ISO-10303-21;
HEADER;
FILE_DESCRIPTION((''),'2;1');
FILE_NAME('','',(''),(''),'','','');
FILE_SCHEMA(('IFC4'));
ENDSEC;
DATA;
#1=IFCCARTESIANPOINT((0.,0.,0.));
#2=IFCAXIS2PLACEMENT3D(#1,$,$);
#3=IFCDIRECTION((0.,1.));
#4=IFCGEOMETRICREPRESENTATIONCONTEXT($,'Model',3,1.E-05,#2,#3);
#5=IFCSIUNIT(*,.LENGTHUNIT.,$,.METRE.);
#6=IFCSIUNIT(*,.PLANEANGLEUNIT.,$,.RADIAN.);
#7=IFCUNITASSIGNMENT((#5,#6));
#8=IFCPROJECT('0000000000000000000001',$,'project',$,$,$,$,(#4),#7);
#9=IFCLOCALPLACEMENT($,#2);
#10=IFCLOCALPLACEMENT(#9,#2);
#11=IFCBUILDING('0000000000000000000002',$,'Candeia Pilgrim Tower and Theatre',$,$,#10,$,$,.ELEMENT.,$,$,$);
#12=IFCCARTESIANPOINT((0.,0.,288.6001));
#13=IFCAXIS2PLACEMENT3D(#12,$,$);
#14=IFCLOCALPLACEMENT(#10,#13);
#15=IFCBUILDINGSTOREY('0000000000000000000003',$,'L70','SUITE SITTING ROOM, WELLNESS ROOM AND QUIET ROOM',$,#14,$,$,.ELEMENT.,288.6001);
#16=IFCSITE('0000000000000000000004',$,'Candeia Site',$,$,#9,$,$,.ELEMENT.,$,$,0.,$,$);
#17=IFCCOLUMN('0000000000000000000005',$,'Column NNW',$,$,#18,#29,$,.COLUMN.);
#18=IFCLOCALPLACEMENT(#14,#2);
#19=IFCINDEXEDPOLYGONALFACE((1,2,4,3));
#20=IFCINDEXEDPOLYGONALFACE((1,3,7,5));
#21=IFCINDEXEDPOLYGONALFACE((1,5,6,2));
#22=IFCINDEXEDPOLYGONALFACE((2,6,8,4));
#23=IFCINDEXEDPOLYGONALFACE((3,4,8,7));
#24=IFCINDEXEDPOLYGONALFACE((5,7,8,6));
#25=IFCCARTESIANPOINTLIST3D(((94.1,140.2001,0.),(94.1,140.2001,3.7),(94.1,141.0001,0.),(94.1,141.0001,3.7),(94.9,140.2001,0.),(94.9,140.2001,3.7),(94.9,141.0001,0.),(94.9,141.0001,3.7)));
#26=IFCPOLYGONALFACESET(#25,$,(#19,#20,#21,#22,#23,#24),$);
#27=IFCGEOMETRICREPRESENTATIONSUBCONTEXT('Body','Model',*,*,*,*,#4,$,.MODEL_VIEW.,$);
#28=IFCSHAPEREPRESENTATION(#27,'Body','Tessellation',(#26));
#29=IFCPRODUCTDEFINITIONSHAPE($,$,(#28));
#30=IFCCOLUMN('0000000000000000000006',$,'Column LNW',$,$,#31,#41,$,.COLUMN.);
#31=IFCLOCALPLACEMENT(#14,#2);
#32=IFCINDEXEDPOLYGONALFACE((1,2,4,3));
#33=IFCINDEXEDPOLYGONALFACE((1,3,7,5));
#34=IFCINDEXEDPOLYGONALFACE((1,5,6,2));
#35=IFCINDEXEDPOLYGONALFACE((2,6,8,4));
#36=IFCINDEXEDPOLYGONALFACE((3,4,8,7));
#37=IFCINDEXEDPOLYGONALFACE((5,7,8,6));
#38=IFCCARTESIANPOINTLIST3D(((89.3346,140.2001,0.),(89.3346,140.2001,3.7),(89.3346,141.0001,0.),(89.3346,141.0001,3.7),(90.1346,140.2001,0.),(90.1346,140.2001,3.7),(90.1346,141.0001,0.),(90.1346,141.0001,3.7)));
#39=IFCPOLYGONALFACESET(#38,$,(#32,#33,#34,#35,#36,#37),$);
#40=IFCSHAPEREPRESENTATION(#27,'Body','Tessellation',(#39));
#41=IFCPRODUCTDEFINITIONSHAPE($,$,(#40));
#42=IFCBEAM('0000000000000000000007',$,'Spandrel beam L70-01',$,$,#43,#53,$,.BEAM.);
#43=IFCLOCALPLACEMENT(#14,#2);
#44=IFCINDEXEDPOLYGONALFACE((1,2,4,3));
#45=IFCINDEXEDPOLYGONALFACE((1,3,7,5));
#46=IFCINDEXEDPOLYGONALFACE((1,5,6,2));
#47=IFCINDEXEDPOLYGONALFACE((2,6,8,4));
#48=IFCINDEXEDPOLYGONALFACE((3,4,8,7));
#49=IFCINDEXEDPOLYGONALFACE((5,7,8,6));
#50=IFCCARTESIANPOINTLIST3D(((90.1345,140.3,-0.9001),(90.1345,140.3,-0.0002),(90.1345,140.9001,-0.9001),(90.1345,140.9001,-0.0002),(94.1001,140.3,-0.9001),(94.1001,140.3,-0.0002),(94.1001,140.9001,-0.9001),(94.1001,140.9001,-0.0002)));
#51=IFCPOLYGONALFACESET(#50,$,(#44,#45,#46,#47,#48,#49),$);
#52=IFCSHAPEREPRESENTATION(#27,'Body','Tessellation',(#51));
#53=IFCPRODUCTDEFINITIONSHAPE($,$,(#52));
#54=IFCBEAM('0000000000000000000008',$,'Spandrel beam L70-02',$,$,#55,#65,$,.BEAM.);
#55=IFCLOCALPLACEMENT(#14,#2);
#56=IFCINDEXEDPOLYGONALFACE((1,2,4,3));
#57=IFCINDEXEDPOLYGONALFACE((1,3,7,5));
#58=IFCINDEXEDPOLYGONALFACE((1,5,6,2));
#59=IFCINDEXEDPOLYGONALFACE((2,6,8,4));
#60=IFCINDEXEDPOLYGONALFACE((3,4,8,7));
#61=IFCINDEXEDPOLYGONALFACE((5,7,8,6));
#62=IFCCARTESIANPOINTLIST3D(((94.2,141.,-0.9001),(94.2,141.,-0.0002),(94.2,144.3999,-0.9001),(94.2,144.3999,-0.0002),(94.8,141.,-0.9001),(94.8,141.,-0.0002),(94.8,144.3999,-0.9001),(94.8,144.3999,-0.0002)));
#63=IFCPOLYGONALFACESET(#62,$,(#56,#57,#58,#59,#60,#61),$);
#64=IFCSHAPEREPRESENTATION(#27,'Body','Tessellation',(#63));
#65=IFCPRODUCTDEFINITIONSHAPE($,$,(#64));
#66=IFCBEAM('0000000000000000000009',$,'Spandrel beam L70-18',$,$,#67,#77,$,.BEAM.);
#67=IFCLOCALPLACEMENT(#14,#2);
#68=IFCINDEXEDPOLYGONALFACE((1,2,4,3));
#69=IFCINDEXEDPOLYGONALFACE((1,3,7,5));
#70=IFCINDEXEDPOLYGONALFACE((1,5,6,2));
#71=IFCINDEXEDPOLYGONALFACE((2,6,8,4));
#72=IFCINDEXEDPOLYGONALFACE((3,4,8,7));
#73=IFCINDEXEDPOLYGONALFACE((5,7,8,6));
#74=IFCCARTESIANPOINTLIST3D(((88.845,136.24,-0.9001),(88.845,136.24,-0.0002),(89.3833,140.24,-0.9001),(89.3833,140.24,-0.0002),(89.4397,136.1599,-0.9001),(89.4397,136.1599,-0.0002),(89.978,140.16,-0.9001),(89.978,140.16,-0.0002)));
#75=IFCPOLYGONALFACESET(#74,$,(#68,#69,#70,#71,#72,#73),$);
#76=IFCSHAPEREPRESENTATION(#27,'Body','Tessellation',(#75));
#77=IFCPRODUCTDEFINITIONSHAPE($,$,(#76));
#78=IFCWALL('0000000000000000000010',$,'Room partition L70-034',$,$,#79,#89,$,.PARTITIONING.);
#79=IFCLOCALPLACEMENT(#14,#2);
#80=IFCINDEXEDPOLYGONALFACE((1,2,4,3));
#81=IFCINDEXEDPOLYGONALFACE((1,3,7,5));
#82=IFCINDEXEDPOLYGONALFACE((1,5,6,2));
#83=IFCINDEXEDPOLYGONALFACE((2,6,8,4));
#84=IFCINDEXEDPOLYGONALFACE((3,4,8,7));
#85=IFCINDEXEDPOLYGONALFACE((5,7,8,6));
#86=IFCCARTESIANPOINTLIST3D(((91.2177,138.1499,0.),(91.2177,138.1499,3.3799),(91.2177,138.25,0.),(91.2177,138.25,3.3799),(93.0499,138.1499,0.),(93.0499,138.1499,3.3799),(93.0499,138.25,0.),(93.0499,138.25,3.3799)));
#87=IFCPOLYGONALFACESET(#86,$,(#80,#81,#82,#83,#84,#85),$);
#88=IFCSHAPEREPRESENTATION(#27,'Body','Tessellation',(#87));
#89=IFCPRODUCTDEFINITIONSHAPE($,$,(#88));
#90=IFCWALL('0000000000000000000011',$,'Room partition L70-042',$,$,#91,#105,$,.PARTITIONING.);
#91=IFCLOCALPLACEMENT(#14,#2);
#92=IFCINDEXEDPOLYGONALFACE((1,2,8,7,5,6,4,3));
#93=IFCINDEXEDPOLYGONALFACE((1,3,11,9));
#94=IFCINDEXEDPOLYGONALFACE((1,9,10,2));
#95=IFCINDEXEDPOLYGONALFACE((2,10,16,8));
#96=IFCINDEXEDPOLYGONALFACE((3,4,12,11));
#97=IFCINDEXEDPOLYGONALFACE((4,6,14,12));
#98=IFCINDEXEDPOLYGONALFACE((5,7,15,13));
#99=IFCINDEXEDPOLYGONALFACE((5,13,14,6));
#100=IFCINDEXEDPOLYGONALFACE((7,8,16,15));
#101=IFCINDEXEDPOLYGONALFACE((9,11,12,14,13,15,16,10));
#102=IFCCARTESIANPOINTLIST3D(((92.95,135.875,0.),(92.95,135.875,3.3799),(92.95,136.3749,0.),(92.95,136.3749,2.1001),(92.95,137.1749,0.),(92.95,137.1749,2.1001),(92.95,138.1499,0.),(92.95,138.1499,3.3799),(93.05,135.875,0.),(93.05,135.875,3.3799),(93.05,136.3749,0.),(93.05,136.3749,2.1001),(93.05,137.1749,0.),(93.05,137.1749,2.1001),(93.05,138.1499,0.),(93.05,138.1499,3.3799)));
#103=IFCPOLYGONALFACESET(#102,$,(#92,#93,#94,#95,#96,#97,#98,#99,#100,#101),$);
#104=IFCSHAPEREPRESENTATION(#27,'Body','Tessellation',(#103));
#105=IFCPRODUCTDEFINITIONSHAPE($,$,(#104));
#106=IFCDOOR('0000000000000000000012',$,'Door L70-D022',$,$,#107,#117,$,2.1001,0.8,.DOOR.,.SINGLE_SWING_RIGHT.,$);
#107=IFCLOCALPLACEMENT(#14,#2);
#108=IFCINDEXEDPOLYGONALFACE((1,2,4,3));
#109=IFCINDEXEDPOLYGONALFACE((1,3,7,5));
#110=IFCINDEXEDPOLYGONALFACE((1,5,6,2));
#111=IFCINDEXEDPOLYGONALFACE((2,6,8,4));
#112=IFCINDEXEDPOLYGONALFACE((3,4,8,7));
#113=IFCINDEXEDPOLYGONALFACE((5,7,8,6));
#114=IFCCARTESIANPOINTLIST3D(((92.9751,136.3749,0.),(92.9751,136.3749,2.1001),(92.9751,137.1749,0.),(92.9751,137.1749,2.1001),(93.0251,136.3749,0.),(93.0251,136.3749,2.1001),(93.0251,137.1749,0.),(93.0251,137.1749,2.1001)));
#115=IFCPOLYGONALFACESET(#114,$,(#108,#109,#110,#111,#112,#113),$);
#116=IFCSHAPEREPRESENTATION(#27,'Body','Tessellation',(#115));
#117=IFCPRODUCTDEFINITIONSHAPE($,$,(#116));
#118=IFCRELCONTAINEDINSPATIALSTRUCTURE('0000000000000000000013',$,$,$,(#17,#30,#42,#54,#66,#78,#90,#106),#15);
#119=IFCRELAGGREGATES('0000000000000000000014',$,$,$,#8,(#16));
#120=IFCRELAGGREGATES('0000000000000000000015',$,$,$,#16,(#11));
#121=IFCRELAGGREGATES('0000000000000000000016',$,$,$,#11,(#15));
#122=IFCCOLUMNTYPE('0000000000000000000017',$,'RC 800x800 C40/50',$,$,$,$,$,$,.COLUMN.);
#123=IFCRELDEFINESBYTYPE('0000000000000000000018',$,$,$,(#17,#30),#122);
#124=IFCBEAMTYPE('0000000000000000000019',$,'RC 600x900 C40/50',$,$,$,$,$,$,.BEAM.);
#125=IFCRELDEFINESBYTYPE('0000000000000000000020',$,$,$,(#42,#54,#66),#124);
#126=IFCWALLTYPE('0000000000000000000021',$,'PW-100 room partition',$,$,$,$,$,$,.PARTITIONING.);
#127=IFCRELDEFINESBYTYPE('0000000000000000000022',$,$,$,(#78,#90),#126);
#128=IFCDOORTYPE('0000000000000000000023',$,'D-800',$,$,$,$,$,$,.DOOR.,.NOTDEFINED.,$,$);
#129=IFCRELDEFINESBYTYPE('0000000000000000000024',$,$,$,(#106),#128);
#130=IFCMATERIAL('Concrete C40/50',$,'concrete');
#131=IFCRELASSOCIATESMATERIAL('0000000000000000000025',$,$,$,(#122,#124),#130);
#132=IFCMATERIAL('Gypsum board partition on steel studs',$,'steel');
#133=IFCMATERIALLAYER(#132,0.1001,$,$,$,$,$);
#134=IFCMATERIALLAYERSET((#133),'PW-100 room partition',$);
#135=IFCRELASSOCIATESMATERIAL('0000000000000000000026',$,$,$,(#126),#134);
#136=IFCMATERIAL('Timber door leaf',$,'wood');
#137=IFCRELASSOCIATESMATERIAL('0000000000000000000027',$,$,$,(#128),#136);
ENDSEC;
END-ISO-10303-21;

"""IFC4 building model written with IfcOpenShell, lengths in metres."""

from ifc_helpers import new_model, si_unit, direction, frame, frame_2d, origin, origin_2d, place, context, subcontext, project, spatial, rectangle, extrude, material, layer, layer_set, material_profile, profile_set, type_object, element, fill, save


model = new_model("IFC4")

# Units and contexts
model_context = context("Model", 3, precision=1e-05, world=origin(), true_north=direction((0.0, 1.0)))
body_context = subcontext(model_context, "Body", "Model", "MODEL_VIEW")
ifc_project = project(units=[si_unit("LENGTHUNIT", "METRE"), si_unit("PLANEANGLEUNIT", "RADIAN")], contexts=[model_context])

# Site, building, storey
site_placement = place(None, origin())
site = spatial("IfcSite", under=ifc_project, at=site_placement, Name="Candeia Site", CompositionType="ELEMENT", RefElevation=0.0)
building_placement = place(site_placement, origin())
building = spatial("IfcBuilding", under=site, at=building_placement, Name="Candeia Pilgrim Tower and Theatre", CompositionType="ELEMENT")
storey_placement = place(building_placement, frame((0.0, 0.0, 288.6001)))
storey = spatial("IfcBuildingStorey", under=building, at=storey_placement, Name="L70", Description="SUITE SITTING ROOM, WELLNESS ROOM AND QUIET ROOM", CompositionType="ELEMENT", Elevation=288.6001)

# Columns
ifc_material_1 = material(Name="Concrete C40/50", Category="concrete")
ifc_material_profile_1 = material_profile(ifc_material_1, rectangle(XDim=0.8, YDim=0.8, at=origin_2d()))
ifc_profile_set_1 = profile_set([ifc_material_profile_1], Name="Concrete C40/50")
column_type = type_object("IfcColumnType", Name="RC 800x800 C40/50", PredefinedType="COLUMN", material=ifc_profile_set_1)
for number, where, z_axis, x_axis, name in (
    (1, (94.5, 140.6001, 0.0), (0.0, 0.0, 1.0), (1.0, 0.0, 0.0), "Column NNW"),
    (2, (89.7346, 140.6001, 0.0), (0.0, 0.0, 1.0), (1.0, 0.0, 0.0), "Column LNW"),
):
    element("IfcColumn", number, at=place(storey_placement, frame(where, z_axis=z_axis, x_axis=x_axis)), inside=storey, type_object=column_type, Name=name, PredefinedType="COLUMN", context=body_context, shape_type="SweptSolid", body=[
        extrude(rectangle(XDim=0.8, YDim=0.8, at=origin_2d()), origin(), (0.0, 0.0, 1.0), 3.7),
    ])

# Beams
ifc_material_profile_2 = material_profile(ifc_material_1, rectangle(XDim=0.6001, YDim=0.8999, at=origin_2d()))
ifc_profile_set_2 = profile_set([ifc_material_profile_2], Name="Concrete C40/50")
beam_type = type_object("IfcBeamType", Name="RC 600x900 C40/50", PredefinedType="BEAM", material=ifc_profile_set_2)
beam_1_placement = place(storey_placement, frame((90.1345, 140.6001, -0.4502), z_axis=(1.0, 0.0, 0.0), x_axis=(0.0, 1.0, 0.0)))
element("IfcBeam", 3, at=beam_1_placement, inside=storey, type_object=beam_type, Name="Spandrel beam L70-01", PredefinedType="BEAM", context=body_context, shape_type="SweptSolid", body=[
    extrude(rectangle(XDim=0.6001, YDim=0.8999, at=origin_2d()), origin(), (0.0, 0.0, 1.0), 3.9656),
])
beam_2_placement = place(storey_placement, frame((94.5, 141.0, -0.4502), z_axis=(0.0, 1.0, 0.0), x_axis=(-1.0, 0.0, 0.0)))
element("IfcBeam", 4, at=beam_2_placement, inside=storey, type_object=beam_type, Name="Spandrel beam L70-02", PredefinedType="BEAM", context=body_context, shape_type="SweptSolid", body=[
    extrude(rectangle(XDim=0.6001, YDim=0.8999, at=origin_2d()), origin(), (0.0, 0.0, 1.0), 3.3999),
])
beam_3_placement = place(storey_placement, frame((89.1423, 136.2, -0.4502), z_axis=(0.13338, 0.991065, 0.0), x_axis=(-0.991065, 0.13338, 0.0)))
element("IfcBeam", 5, at=beam_3_placement, inside=storey, type_object=beam_type, Name="Spandrel beam L70-18", PredefinedType="BEAM", context=body_context, shape_type="SweptSolid", body=[
    extrude(rectangle(XDim=0.6001, YDim=0.8999, at=origin_2d()), origin(), (0.0, 0.0, 1.0), 4.0361),
])

# Wall
ifc_material_2 = material(Name="Gypsum board partition on steel studs", Category="steel")
ifc_layer_1 = layer(ifc_material_2, 0.1001)
ifc_layer_set_1 = layer_set([ifc_layer_1], Name="PW-100 room partition")
wall_type_1 = type_object("IfcWallType", Name="PW-100 room partition", PredefinedType="PARTITIONING", material=ifc_layer_set_1)
wall_1_placement = place(storey_placement, frame((91.2178, 138.2, 0.0), z_axis=(0.0, 0.0, 1.0), x_axis=(1.0, 0.0, 0.0)))
element("IfcWall", 6, at=wall_1_placement, inside=storey, type_object=wall_type_1, Name="Room partition L70-034", PredefinedType="PARTITIONING", context=body_context, shape_type="SweptSolid", body=[
    extrude(rectangle(XDim=1.8323, YDim=0.1001, at=frame_2d((0.916, 0.0))), origin(), (0.0, 0.0, 1.0), 3.3799),
])

# Wall, opening, door
wall_2_placement = place(storey_placement, frame((93.0, 135.875, 0.0), z_axis=(0.0, 0.0, 1.0), x_axis=(0.0, 1.0, 0.0)))
wall_2 = element("IfcWall", 7, at=wall_2_placement, inside=storey, type_object=wall_type_1, Name="Room partition L70-042", PredefinedType="PARTITIONING", context=body_context, shape_type="SweptSolid", body=[
    extrude(rectangle(XDim=2.2749, YDim=0.1001, at=frame_2d((1.1375, 0.0))), origin(), (0.0, 0.0, 1.0), 3.3799),
])
opening_1_placement = place(wall_2_placement, frame((0.5, 0.0, 0.0)))
opening_1 = element("IfcOpeningElement", 8, at=opening_1_placement, cuts=wall_2, PredefinedType="OPENING", context=body_context, shape_type="SweptSolid", body=[
    extrude(rectangle(XDim=0.8, YDim=2.1001, at=frame_2d((0.3999, 1.05))), frame((0.0, 0.0601, 0.0), z_axis=(0.0, -1.0, 0.0), x_axis=(1.0, 0.0, 0.0)), (0.0, 0.0, 1.0), 0.1201),
])
ifc_material_3 = material(Name="Timber door leaf", Category="wood")
door_type_1 = type_object("IfcDoorType", Name="D-800", OperationType="NOTDEFINED", PredefinedType="DOOR", material=ifc_material_3)
door_1_placement = place(opening_1_placement, origin())
door_1 = element("IfcDoor", 9, at=door_1_placement, inside=storey, type_object=door_type_1, Name="Door L70-D022", OperationType="SINGLE_SWING_RIGHT", OverallHeight=2.1001, OverallWidth=0.8, PredefinedType="DOOR", context=body_context, shape_type="SweptSolid", body=[
    extrude(rectangle(XDim=0.8, YDim=2.1001, at=frame_2d((0.3999, 1.05))), frame((0.0, 0.0249, 0.0), z_axis=(0.0, -1.0, 0.0), x_axis=(1.0, 0.0, 0.0)), (0.0, 0.0, 1.0), 0.05),
])
fill(opening_1, door_1)

save(model, "model.ifc")
